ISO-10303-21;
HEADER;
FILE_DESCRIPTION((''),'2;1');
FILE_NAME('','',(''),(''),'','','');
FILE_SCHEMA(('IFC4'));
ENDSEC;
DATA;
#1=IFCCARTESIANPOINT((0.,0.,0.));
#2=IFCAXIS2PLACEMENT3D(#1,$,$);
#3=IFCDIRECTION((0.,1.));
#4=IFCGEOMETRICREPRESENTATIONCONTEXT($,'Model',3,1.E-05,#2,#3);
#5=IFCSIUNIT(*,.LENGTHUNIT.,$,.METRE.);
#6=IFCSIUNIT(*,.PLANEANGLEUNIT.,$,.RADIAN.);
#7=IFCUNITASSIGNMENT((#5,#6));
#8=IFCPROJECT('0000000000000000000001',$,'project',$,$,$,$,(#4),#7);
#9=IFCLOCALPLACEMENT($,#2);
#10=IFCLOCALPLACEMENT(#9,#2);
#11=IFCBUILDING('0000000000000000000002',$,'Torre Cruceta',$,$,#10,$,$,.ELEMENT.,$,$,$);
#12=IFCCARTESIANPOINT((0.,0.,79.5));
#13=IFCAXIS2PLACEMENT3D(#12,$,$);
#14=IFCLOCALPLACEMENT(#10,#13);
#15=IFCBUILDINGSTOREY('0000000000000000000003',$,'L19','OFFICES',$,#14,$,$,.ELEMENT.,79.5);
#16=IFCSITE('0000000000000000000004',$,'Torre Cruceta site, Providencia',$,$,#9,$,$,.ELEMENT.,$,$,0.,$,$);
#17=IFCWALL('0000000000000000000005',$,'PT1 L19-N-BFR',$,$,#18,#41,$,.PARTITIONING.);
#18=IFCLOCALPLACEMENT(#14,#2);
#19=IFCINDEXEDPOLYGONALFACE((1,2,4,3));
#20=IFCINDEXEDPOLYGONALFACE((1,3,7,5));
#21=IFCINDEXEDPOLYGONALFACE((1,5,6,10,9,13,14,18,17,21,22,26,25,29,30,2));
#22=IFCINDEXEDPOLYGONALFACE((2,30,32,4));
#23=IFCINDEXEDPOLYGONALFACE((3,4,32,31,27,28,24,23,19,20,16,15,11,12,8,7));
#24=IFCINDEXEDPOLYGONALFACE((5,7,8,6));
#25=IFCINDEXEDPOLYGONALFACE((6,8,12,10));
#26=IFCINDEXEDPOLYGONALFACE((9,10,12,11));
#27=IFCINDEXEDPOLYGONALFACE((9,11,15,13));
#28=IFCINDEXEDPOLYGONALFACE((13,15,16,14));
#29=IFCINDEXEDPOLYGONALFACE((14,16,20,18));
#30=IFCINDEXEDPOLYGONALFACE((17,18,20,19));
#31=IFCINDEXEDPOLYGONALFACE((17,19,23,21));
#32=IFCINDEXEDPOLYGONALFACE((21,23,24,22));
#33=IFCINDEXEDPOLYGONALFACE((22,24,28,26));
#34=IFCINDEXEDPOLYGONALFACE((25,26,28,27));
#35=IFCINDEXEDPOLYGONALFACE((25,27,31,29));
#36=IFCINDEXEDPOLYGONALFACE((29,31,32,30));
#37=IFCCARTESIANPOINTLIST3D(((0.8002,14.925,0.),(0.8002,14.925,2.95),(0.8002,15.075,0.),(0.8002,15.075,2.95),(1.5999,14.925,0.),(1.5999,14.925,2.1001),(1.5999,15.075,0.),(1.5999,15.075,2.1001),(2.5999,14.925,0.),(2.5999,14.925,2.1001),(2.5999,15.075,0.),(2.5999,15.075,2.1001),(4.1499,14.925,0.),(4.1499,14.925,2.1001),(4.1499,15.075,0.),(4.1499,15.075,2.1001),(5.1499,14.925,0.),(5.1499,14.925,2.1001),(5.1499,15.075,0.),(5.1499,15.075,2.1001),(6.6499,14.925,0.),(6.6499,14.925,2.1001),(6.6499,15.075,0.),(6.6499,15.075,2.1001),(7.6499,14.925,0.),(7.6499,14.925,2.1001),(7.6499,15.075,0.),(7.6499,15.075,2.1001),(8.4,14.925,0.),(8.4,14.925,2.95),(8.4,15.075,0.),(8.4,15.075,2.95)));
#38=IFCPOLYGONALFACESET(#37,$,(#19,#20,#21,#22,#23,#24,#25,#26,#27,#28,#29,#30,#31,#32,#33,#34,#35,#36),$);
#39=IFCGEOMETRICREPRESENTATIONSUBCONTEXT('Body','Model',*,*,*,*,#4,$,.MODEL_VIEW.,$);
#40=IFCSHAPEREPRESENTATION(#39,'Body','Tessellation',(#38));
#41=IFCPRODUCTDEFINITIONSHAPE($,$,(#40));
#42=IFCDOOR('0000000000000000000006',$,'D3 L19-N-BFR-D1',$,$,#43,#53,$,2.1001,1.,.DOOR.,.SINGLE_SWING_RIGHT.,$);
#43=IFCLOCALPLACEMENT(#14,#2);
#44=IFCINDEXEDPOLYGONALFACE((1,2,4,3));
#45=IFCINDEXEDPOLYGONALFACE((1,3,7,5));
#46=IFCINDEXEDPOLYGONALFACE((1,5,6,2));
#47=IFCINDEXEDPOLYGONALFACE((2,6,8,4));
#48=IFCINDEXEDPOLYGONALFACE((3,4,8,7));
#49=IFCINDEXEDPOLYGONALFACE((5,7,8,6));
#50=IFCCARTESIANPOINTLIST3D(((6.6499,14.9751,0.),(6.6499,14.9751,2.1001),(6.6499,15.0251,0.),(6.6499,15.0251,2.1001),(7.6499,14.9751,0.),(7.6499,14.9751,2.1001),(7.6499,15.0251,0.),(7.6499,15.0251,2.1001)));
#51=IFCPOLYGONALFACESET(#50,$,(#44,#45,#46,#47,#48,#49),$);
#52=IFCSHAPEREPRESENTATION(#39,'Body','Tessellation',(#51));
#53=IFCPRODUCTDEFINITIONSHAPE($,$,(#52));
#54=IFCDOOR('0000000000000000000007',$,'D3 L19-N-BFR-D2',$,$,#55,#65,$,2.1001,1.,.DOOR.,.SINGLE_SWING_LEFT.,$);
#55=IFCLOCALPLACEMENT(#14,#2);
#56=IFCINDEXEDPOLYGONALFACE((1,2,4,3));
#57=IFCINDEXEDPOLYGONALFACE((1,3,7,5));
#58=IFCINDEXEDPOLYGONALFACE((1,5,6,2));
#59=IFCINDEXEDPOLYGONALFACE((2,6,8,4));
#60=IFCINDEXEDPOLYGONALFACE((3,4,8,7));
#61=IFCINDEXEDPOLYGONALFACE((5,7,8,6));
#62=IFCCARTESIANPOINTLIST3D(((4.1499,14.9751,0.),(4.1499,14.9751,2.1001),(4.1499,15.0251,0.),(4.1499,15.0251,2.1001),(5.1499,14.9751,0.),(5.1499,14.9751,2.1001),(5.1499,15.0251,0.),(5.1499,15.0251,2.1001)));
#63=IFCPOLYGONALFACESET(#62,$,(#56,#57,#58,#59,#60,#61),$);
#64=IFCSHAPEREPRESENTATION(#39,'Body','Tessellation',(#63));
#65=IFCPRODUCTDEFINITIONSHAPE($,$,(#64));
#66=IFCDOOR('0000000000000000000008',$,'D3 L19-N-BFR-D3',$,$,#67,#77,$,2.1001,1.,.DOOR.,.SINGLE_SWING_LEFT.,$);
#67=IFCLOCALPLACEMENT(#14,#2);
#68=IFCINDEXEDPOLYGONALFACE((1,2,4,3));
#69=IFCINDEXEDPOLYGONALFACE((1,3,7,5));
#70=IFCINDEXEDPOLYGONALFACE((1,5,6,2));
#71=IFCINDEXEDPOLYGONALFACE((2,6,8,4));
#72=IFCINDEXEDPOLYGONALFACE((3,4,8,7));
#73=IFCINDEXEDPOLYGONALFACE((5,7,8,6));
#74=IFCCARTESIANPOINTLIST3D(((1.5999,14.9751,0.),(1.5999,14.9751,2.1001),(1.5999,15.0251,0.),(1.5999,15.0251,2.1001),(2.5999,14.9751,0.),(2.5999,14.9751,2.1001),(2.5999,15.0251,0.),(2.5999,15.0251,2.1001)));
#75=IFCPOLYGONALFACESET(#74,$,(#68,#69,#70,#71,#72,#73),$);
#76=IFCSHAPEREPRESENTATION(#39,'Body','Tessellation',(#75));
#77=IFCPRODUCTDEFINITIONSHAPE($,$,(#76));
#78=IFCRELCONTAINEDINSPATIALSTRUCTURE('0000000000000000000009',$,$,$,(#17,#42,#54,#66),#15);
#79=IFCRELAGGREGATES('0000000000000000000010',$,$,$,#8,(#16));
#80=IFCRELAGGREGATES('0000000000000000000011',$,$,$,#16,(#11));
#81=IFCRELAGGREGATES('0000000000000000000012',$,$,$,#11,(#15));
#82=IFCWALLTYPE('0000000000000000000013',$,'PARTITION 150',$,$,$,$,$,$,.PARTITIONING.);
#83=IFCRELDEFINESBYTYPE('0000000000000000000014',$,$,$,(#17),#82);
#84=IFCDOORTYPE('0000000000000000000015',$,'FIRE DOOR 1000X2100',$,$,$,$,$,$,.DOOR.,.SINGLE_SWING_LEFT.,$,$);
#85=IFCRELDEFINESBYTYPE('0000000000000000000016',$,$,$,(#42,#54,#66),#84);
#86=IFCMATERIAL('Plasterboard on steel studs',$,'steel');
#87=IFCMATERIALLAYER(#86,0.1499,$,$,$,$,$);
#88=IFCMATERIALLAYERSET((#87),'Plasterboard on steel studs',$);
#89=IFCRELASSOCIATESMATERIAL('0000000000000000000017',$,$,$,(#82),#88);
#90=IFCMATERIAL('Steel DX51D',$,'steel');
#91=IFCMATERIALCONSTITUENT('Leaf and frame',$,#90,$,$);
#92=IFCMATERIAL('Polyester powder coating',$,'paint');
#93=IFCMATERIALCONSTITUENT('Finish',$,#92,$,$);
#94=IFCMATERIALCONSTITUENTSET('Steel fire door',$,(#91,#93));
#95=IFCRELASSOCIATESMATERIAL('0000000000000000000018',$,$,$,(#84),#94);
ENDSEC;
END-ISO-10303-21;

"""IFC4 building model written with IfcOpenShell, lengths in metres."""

from ifc_helpers import new_model, si_unit, direction, frame, frame_2d, origin, place, context, subcontext, project, spatial, rectangle, extrude, material, layer, layer_set, constituent, constituent_set, type_object, element, fill, save


model = new_model("IFC4")

# Units and contexts
model_context = context("Model", 3, precision=1e-05, world=origin(), true_north=direction((0.0, 1.0)))
body_context = subcontext(model_context, "Body", "Model", "MODEL_VIEW")
ifc_project = project(units=[si_unit("LENGTHUNIT", "METRE"), si_unit("PLANEANGLEUNIT", "RADIAN")], contexts=[model_context])

# Site, building, storey
site_placement = place(None, origin())
site = spatial("IfcSite", under=ifc_project, at=site_placement, Name="Torre Cruceta site, Providencia", CompositionType="ELEMENT", RefElevation=0.0)
building_placement = place(site_placement, origin())
building = spatial("IfcBuilding", under=site, at=building_placement, Name="Torre Cruceta", CompositionType="ELEMENT")
storey_placement = place(building_placement, frame((0.0, 0.0, 79.5)))
storey = spatial("IfcBuildingStorey", under=building, at=storey_placement, Name="L19", Description="OFFICES", CompositionType="ELEMENT", Elevation=79.5)

# Wall, openings, doors
ifc_material_1 = material(Name="Plasterboard on steel studs", Category="steel")
ifc_layer_1 = layer(ifc_material_1, 0.1499)
ifc_layer_set_1 = layer_set([ifc_layer_1], Name="Plasterboard on steel studs")
wall_type_1 = type_object("IfcWallType", Name="PARTITION 150", PredefinedType="PARTITIONING", material=ifc_layer_set_1)
wall_1_placement = place(storey_placement, frame((8.3999, 15.0, 0.0), z_axis=(0.0, 0.0, 1.0), x_axis=(-1.0, 0.0, 0.0)))
wall_1 = element("IfcWall", 1, at=wall_1_placement, inside=storey, type_object=wall_type_1, Name="PT1 L19-N-BFR", PredefinedType="PARTITIONING", context=body_context, shape_type="SweptSolid", body=[
    extrude(rectangle(XDim=7.5999, YDim=0.1499, at=frame_2d((3.7998, 0.0))), origin(), (0.0, 0.0, 1.0), 2.95),
])
opening_1_placement = place(wall_1_placement, frame((0.75, 0.0, 0.0)))
opening_1 = element("IfcOpeningElement", 2, at=opening_1_placement, cuts=wall_1, PredefinedType="OPENING", context=body_context, shape_type="SweptSolid", body=[
    extrude(rectangle(XDim=1.0, YDim=2.1001, at=frame_2d((0.5, 1.05))), frame((0.0, 0.085, 0.0), z_axis=(0.0, -1.0, 0.0), x_axis=(1.0, 0.0, 0.0)), (0.0, 0.0, 1.0), 0.1699),
])
opening_2_placement = place(wall_1_placement, frame((3.25, 0.0, 0.0)))
opening_2 = element("IfcOpeningElement", 3, at=opening_2_placement, cuts=wall_1, PredefinedType="OPENING", context=body_context, shape_type="SweptSolid", body=[
    extrude(rectangle(XDim=1.0, YDim=2.1001, at=frame_2d((0.5, 1.05))), frame((0.0, 0.085, 0.0), z_axis=(0.0, -1.0, 0.0), x_axis=(1.0, 0.0, 0.0)), (0.0, 0.0, 1.0), 0.1699),
])
opening_3_placement = place(wall_1_placement, frame((5.8, 0.0, 0.0)))
opening_3 = element("IfcOpeningElement", 4, at=opening_3_placement, cuts=wall_1, PredefinedType="OPENING", context=body_context, shape_type="SweptSolid", body=[
    extrude(rectangle(XDim=1.0, YDim=2.1001, at=frame_2d((0.5, 1.05))), frame((0.0, 0.085, 0.0), z_axis=(0.0, -1.0, 0.0), x_axis=(1.0, 0.0, 0.0)), (0.0, 0.0, 1.0), 0.1699),
])
ifc_material_2 = material(Name="Steel DX51D", Category="steel")
ifc_constituent_1 = constituent(ifc_material_2, Name="Leaf and frame")
ifc_material_3 = material(Name="Polyester powder coating", Category="paint")
ifc_constituent_2 = constituent(ifc_material_3, Name="Finish")
ifc_constituent_set_1 = constituent_set(constituents=[ifc_constituent_1, ifc_constituent_2], Name="Steel fire door")
door_type_1 = type_object("IfcDoorType", Name="FIRE DOOR 1000X2100", OperationType="SINGLE_SWING_LEFT", PredefinedType="DOOR", material=ifc_constituent_set_1)
door_1_placement = place(opening_1_placement, origin())
door_1 = element("IfcDoor", 5, at=door_1_placement, inside=storey, type_object=door_type_1, Name="D3 L19-N-BFR-D1", OperationType="SINGLE_SWING_RIGHT", OverallHeight=2.1001, OverallWidth=1.0, PredefinedType="DOOR", context=body_context, shape_type="SweptSolid", body=[
    extrude(rectangle(XDim=1.0, YDim=2.1001, at=frame_2d((0.5, 1.05))), frame((0.0, 0.0249, 0.0), z_axis=(0.0, -1.0, 0.0), x_axis=(1.0, 0.0, 0.0)), (0.0, 0.0, 1.0), 0.05),
])
fill(opening_1, door_1)
door_2_placement = place(opening_2_placement, origin())
door_2 = element("IfcDoor", 6, at=door_2_placement, inside=storey, type_object=door_type_1, Name="D3 L19-N-BFR-D2", OperationType="SINGLE_SWING_LEFT", OverallHeight=2.1001, OverallWidth=1.0, PredefinedType="DOOR", context=body_context, shape_type="SweptSolid", body=[
    extrude(rectangle(XDim=1.0, YDim=2.1001, at=frame_2d((0.5, 1.05))), frame((0.0, 0.0249, 0.0), z_axis=(0.0, -1.0, 0.0), x_axis=(1.0, 0.0, 0.0)), (0.0, 0.0, 1.0), 0.05),
])
fill(opening_2, door_2)
door_3_placement = place(opening_3_placement, origin())
door_3 = element("IfcDoor", 7, at=door_3_placement, inside=storey, type_object=door_type_1, Name="D3 L19-N-BFR-D3", OperationType="SINGLE_SWING_LEFT", OverallHeight=2.1001, OverallWidth=1.0, PredefinedType="DOOR", context=body_context, shape_type="SweptSolid", body=[
    extrude(rectangle(XDim=1.0, YDim=2.1001, at=frame_2d((0.5, 1.05))), frame((0.0, 0.0249, 0.0), z_axis=(0.0, -1.0, 0.0), x_axis=(1.0, 0.0, 0.0)), (0.0, 0.0, 1.0), 0.05),
])
fill(opening_3, door_3)

save(model, "model.ifc")
